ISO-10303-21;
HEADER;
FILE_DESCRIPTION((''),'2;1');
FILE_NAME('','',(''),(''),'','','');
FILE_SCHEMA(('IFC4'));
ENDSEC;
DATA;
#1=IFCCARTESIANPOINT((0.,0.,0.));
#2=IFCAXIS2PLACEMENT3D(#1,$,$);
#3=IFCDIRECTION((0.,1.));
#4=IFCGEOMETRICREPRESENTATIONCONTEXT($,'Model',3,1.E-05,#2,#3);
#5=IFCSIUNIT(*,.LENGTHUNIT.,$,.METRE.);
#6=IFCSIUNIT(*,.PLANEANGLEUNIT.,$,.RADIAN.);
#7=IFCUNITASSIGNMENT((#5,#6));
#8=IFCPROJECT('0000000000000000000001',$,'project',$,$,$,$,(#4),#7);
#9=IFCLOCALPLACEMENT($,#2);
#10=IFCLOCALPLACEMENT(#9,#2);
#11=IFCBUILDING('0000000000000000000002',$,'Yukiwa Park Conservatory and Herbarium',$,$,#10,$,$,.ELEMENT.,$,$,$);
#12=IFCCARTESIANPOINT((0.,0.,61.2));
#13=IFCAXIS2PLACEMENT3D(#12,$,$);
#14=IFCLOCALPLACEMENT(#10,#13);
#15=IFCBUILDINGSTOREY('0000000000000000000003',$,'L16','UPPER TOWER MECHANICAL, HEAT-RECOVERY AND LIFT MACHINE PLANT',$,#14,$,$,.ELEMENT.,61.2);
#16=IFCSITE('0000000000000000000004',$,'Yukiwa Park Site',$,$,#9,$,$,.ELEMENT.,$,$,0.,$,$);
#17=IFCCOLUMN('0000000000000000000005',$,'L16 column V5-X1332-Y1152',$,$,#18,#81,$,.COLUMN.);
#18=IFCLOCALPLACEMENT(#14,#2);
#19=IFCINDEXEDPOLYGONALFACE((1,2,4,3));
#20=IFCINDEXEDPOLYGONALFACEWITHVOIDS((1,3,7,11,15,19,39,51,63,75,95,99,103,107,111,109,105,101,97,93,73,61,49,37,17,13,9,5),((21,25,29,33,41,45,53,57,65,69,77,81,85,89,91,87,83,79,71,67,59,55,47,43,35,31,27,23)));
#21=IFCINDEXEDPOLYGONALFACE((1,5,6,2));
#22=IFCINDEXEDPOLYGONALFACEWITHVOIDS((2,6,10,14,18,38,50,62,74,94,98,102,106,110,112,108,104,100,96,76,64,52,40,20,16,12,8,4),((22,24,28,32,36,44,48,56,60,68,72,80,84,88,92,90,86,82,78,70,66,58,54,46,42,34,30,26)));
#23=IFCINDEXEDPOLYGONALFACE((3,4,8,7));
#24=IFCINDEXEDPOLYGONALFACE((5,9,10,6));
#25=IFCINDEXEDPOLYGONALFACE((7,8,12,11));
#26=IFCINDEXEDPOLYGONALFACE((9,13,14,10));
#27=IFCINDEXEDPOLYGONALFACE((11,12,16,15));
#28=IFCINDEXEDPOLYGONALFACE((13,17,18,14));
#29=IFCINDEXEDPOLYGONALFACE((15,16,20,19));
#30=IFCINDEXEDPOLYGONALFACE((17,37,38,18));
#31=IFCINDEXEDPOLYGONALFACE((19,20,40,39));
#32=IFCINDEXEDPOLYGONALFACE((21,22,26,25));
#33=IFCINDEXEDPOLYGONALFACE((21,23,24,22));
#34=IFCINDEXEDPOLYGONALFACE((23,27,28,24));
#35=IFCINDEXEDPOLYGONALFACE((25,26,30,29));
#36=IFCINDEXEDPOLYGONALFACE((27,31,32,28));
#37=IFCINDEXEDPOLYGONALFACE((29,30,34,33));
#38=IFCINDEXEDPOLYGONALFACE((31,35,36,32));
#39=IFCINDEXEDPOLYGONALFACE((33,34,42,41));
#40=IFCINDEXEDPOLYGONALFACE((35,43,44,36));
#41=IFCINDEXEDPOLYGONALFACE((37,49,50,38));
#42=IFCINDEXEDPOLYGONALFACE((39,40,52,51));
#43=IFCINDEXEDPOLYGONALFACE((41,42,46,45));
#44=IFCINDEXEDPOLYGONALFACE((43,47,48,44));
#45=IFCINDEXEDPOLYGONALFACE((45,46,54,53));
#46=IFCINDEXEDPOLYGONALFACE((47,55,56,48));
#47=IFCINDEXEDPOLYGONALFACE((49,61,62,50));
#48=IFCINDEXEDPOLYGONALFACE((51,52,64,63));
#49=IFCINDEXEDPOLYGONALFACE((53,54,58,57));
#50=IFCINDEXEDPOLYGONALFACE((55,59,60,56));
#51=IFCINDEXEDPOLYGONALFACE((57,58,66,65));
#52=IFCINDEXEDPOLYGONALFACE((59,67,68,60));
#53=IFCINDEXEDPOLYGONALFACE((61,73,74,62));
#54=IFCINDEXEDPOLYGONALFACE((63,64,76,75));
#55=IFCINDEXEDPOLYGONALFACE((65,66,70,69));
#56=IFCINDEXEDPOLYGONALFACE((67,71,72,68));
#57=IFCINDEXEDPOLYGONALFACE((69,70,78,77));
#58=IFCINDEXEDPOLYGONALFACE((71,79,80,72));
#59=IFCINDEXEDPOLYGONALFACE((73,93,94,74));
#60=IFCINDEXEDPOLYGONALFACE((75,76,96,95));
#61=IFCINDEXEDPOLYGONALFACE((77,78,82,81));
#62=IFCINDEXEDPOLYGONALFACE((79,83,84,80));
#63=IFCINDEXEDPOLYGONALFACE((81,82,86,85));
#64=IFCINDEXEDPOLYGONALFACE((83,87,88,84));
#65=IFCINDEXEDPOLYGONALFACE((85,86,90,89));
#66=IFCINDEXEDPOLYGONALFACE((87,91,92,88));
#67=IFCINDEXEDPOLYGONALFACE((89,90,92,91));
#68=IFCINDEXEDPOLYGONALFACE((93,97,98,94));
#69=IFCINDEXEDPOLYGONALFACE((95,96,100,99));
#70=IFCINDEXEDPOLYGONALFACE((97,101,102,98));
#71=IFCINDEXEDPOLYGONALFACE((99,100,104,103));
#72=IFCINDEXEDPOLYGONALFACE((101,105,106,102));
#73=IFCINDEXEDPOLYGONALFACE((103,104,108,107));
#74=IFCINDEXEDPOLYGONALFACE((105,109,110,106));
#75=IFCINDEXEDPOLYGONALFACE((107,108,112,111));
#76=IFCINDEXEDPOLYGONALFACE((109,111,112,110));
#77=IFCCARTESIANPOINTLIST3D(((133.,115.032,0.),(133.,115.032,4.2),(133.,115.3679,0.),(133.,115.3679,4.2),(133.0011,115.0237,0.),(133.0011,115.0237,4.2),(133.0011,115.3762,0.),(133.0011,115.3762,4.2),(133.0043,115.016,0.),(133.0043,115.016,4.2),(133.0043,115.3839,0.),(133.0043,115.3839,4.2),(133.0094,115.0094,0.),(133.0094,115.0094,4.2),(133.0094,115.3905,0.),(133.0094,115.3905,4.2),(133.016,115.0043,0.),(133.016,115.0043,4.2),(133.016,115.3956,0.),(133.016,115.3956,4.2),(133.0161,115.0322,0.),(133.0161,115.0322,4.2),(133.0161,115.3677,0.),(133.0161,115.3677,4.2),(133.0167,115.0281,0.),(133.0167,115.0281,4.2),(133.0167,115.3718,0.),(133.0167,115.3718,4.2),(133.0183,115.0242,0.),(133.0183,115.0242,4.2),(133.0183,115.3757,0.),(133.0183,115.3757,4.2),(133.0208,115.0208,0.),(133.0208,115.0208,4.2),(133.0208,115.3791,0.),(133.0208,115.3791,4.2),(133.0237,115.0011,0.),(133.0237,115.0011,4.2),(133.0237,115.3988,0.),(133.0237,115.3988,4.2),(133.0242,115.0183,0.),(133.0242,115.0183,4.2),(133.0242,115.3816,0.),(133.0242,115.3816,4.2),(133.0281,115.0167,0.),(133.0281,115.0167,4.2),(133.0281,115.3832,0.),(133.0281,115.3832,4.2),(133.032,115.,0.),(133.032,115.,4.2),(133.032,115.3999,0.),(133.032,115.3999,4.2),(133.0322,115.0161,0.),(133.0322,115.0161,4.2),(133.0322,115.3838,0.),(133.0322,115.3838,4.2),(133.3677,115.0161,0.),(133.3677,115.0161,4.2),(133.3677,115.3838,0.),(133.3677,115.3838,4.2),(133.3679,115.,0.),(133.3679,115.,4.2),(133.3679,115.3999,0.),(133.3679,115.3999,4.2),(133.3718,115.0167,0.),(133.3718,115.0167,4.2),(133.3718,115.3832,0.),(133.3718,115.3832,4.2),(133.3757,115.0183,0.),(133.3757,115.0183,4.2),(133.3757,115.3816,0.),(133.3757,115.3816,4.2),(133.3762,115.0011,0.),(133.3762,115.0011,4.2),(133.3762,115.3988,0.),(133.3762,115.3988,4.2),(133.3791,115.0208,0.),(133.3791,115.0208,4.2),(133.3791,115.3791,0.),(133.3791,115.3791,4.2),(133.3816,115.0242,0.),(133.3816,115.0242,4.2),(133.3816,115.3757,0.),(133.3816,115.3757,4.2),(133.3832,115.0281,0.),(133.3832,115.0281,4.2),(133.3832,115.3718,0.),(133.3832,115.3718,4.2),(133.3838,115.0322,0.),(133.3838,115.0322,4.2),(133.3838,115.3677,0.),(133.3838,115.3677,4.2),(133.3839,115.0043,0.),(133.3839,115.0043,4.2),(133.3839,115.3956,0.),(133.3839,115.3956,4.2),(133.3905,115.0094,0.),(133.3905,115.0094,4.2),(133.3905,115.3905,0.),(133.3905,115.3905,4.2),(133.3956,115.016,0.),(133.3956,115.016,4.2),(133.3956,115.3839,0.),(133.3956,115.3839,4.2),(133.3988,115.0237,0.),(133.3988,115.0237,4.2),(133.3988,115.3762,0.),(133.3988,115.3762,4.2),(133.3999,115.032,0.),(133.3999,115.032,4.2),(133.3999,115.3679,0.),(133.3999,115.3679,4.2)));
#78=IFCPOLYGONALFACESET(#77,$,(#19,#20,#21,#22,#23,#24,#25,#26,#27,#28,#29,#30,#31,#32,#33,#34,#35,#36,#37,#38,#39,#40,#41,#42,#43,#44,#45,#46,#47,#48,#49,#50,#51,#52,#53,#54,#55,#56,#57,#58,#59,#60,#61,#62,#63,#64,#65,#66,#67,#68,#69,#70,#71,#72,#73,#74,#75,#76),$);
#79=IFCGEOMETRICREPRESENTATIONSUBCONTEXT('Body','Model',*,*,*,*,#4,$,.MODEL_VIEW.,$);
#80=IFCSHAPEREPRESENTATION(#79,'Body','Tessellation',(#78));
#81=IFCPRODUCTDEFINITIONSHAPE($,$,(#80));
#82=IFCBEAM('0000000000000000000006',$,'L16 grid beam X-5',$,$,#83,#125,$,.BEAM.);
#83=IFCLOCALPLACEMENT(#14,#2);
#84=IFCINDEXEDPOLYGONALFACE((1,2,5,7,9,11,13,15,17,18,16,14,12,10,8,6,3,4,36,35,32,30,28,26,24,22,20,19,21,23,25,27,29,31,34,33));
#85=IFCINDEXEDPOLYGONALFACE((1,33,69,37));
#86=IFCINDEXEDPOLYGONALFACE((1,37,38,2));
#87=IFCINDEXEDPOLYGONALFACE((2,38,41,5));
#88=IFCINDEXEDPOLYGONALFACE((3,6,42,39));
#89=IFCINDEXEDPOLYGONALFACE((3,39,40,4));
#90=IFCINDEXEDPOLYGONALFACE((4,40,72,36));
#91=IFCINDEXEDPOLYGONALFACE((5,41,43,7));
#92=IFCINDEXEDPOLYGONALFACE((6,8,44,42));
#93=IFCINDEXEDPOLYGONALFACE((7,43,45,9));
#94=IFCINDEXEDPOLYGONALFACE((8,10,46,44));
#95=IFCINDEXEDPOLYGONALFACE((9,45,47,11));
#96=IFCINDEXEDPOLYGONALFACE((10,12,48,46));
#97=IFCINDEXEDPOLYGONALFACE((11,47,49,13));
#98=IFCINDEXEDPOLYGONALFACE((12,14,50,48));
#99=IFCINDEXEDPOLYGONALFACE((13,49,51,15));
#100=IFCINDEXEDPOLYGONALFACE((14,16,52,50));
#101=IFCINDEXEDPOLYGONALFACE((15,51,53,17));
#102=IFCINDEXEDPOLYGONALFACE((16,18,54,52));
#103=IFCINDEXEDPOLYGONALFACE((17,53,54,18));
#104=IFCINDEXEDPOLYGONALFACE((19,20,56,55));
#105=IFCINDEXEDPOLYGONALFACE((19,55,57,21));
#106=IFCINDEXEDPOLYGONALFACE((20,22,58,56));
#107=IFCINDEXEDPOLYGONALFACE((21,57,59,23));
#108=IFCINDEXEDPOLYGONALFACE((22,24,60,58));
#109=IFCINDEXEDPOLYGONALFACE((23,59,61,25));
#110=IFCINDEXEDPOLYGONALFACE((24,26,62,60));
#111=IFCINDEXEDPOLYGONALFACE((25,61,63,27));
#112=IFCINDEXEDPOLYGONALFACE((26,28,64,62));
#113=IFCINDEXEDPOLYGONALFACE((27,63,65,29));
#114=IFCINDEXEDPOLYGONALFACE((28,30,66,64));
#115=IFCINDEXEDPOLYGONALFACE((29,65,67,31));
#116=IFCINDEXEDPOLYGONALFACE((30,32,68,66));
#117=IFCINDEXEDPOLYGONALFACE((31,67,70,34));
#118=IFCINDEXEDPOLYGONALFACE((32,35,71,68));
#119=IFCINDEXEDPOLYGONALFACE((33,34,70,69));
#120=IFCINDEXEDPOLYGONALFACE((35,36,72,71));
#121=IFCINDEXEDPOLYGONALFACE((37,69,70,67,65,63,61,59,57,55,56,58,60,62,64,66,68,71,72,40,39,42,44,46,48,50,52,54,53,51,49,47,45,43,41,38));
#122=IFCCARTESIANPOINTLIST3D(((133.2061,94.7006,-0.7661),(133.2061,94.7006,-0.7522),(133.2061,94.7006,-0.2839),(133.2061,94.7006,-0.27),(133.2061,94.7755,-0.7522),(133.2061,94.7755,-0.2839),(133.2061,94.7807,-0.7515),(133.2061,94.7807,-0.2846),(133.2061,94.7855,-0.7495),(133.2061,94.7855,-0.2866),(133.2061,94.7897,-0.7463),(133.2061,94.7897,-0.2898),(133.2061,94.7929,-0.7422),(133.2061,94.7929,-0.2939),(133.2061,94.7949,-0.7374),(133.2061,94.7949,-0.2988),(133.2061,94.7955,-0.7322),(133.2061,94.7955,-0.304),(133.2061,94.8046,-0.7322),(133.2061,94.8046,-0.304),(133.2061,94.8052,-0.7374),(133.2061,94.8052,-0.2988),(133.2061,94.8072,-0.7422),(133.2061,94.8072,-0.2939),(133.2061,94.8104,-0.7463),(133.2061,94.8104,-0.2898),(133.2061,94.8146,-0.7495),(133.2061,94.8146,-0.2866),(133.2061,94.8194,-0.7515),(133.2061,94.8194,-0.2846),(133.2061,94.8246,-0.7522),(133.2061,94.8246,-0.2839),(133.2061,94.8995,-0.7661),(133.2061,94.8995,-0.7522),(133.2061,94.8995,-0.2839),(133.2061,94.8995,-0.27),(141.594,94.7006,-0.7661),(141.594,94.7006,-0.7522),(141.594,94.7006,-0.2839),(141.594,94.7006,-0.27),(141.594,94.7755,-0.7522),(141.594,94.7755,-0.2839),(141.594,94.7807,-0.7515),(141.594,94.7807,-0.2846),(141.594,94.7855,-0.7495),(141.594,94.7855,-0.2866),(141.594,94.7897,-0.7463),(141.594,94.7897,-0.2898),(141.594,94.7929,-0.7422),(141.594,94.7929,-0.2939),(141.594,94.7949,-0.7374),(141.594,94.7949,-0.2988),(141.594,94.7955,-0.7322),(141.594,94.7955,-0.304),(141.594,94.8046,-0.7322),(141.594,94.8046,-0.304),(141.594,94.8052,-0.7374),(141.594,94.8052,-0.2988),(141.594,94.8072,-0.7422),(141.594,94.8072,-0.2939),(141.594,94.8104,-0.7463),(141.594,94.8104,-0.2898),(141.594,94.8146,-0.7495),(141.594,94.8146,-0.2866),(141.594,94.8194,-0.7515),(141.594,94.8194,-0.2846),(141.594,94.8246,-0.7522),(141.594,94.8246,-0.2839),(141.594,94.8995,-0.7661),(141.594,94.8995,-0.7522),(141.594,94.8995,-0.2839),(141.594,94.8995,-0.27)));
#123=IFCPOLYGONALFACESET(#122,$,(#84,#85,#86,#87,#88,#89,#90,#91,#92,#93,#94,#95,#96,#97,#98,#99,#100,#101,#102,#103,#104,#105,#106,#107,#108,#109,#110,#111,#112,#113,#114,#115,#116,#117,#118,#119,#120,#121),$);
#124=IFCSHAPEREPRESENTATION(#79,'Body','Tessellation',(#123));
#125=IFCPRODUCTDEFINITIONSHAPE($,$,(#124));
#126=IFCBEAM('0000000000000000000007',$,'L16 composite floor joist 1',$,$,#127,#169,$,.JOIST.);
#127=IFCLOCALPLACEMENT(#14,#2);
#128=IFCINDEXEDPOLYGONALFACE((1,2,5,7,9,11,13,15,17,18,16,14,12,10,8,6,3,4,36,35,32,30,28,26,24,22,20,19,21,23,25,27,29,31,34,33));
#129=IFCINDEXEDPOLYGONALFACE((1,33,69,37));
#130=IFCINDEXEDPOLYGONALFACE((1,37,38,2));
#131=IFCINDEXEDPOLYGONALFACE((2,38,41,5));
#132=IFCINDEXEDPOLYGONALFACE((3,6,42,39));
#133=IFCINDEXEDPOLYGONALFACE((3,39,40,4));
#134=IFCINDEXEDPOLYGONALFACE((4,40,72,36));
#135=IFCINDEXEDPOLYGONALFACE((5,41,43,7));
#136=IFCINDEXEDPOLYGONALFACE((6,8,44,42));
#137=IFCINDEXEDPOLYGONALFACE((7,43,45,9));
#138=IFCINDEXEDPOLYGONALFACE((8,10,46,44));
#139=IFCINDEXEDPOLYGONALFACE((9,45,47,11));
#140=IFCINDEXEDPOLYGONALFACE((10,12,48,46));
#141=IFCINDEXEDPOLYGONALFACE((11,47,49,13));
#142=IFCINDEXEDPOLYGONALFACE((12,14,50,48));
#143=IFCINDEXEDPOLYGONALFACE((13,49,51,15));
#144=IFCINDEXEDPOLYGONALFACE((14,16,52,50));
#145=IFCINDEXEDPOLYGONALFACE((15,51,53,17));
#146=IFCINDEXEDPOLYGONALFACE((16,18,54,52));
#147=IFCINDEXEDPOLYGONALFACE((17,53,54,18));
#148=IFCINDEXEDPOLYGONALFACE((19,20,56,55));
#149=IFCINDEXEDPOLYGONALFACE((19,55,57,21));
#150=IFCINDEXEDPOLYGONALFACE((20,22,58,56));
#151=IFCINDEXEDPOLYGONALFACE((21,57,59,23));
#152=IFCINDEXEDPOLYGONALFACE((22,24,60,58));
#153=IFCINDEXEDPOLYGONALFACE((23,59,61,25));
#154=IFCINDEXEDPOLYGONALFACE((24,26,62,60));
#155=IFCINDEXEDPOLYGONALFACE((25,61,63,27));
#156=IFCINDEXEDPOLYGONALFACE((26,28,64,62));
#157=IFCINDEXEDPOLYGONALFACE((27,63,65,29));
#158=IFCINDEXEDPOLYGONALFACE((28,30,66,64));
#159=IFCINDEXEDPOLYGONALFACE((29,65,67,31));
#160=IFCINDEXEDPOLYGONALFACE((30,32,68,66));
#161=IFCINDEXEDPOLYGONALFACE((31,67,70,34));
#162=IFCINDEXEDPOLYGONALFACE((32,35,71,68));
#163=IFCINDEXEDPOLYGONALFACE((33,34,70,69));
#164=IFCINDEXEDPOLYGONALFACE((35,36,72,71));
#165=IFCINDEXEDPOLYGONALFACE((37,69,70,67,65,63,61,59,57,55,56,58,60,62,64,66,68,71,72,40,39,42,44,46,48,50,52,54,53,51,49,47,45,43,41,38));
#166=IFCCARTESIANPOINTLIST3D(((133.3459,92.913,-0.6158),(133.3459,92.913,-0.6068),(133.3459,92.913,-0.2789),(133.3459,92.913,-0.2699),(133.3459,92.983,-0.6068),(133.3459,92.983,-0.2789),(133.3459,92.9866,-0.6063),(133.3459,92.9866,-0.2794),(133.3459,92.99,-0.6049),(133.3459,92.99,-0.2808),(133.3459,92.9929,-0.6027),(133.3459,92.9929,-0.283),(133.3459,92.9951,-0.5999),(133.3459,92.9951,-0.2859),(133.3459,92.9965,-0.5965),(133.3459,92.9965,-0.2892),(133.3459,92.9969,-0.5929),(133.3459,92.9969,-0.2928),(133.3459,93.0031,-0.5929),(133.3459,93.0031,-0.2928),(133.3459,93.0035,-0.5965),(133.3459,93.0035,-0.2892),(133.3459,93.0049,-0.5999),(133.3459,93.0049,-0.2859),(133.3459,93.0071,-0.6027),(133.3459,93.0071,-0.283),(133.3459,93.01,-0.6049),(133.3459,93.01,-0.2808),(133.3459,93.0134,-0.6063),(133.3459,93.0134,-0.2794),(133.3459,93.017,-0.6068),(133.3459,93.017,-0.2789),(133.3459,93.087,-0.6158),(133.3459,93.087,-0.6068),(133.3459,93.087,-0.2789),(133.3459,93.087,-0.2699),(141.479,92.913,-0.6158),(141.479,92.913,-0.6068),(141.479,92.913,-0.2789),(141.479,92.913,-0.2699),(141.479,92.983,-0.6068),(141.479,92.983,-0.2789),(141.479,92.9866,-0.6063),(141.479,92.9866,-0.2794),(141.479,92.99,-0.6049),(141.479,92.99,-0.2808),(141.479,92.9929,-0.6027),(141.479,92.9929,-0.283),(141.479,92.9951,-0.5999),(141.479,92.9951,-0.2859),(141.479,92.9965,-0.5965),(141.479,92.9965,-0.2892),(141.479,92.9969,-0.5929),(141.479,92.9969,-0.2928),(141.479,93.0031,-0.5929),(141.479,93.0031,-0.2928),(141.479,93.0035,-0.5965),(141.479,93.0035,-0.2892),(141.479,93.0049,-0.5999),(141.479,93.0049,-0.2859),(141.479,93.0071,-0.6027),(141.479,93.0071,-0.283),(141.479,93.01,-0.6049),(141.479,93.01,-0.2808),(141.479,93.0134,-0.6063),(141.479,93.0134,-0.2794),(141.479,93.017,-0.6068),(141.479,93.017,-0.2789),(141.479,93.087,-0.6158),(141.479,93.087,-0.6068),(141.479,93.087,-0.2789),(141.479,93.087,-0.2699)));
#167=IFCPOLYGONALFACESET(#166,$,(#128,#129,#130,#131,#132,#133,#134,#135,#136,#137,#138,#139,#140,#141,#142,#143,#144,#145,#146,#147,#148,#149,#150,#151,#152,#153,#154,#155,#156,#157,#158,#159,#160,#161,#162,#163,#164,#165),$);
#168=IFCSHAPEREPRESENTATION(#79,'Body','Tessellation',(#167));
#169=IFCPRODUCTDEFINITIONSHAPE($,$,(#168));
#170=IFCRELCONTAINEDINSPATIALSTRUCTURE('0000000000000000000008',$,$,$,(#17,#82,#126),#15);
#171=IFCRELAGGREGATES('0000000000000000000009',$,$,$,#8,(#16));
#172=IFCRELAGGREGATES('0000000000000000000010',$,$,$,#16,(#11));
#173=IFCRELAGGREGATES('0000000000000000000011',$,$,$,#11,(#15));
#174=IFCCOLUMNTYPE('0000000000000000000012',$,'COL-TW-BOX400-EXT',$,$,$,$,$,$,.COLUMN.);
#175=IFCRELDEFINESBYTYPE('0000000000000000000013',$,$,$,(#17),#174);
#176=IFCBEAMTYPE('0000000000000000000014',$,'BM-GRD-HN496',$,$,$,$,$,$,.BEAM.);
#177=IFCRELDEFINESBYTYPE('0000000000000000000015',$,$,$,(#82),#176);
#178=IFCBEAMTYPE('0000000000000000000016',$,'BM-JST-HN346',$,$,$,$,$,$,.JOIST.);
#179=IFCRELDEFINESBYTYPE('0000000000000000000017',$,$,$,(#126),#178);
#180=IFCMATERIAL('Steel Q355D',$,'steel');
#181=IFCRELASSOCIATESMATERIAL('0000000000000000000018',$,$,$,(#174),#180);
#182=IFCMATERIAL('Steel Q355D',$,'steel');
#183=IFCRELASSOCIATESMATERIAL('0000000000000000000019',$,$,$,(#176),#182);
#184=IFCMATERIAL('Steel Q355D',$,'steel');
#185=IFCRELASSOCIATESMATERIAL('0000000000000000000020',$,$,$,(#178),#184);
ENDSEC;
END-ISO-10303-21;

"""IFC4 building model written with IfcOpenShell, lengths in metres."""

from ifc_helpers import new_model, si_unit, direction, frame, origin, origin_2d, place, context, subcontext, project, spatial, hollow_rectangle, i_section, extrude, material, material_profile, profile_set, type_object, element, save


model = new_model("IFC4")

# Units and contexts
model_context = context("Model", 3, precision=1e-05, world=origin(), true_north=direction((0.0, 1.0)))
body_context = subcontext(model_context, "Body", "Model", "MODEL_VIEW")
ifc_project = project(units=[si_unit("LENGTHUNIT", "METRE"), si_unit("PLANEANGLEUNIT", "RADIAN")], contexts=[model_context])

# Site, building, storey
site_placement = place(None, origin())
site = spatial("IfcSite", under=ifc_project, at=site_placement, Name="Yukiwa Park Site", CompositionType="ELEMENT", RefElevation=0.0)
building_placement = place(site_placement, origin())
building = spatial("IfcBuilding", under=site, at=building_placement, Name="Yukiwa Park Conservatory and Herbarium", CompositionType="ELEMENT")
storey_placement = place(building_placement, frame((0.0, 0.0, 61.2)))
storey = spatial("IfcBuildingStorey", under=building, at=storey_placement, Name="L16", Description="UPPER TOWER MECHANICAL, HEAT-RECOVERY AND LIFT MACHINE PLANT", CompositionType="ELEMENT", Elevation=61.2)

# Column
ifc_material_1 = material(Name="Steel Q355D", Category="steel")
ifc_material_profile_1 = material_profile(ifc_material_1, hollow_rectangle(XDim=0.3999, YDim=0.3999, WallThickness=0.0161, InnerFilletRadius=0.0161, OuterFilletRadius=0.032, at=origin_2d()), Name="BOX 400x400x16")
ifc_profile_set_1 = profile_set([ifc_material_profile_1], Name="Steel Q355D")
column_type = type_object("IfcColumnType", Name="COL-TW-BOX400-EXT", PredefinedType="COLUMN", material=ifc_profile_set_1)
for number, where, z_axis, x_axis, name in (
    (1, (133.2, 115.2, 0.0), (0.0, 0.0, 1.0), (1.0, 0.0, 0.0), "L16 column V5-X1332-Y1152"),
):
    element("IfcColumn", number, at=place(storey_placement, frame(where, z_axis=z_axis, x_axis=x_axis)), inside=storey, type_object=column_type, Name=name, PredefinedType="COLUMN", context=body_context, shape_type="SweptSolid", body=[
        extrude(hollow_rectangle(XDim=0.3999, YDim=0.3999, WallThickness=0.0161, InnerFilletRadius=0.0161, OuterFilletRadius=0.032, at=origin_2d()), origin(), (0.0, 0.0, 1.0), 4.2),
    ])

# Beams
ifc_material_2 = material(Name="Steel Q355D", Category="steel")
ifc_material_profile_2 = material_profile(ifc_material_2, i_section(OverallWidth=0.199, OverallDepth=0.4961, WebThickness=0.009, FlangeThickness=0.0139, FilletRadius=0.02, at=origin_2d()), Name="HN 496x199x9x14")
ifc_profile_set_2 = profile_set([ifc_material_profile_2], Name="Steel Q355D")
beam_type_1 = type_object("IfcBeamType", Name="BM-GRD-HN496", PredefinedType="BEAM", material=ifc_profile_set_2)
beam_1_placement = place(storey_placement, frame((133.2061, 94.8, -0.5181), z_axis=(1.0, 0.0, 0.0), x_axis=(0.0, 1.0, 0.0)))
element("IfcBeam", 2, at=beam_1_placement, inside=storey, type_object=beam_type_1, Name="L16 grid beam X-5", PredefinedType="BEAM", context=body_context, shape_type="SweptSolid", body=[
    extrude(i_section(OverallWidth=0.199, OverallDepth=0.4961, WebThickness=0.009, FlangeThickness=0.0139, FilletRadius=0.02, at=origin_2d()), origin(), (0.0, 0.0, 1.0), 8.3879),
])
ifc_material_3 = material(Name="Steel Q355D", Category="steel")
ifc_material_profile_3 = material_profile(ifc_material_3, i_section(OverallWidth=0.1741, OverallDepth=0.3459, WebThickness=0.0061, FlangeThickness=0.009, FilletRadius=0.0139, at=origin_2d()), Name="HN 346x174x6x9")
ifc_profile_set_3 = profile_set([ifc_material_profile_3], Name="Steel Q355D")
beam_type_2 = type_object("IfcBeamType", Name="BM-JST-HN346", PredefinedType="JOIST", material=ifc_profile_set_3)
beam_2_placement = place(storey_placement, frame((133.3459, 93.0, -0.4429), z_axis=(1.0, 0.0, 0.0), x_axis=(0.0, 1.0, 0.0)))
element("IfcBeam", 3, at=beam_2_placement, inside=storey, type_object=beam_type_2, Name="L16 composite floor joist 1", PredefinedType="JOIST", context=body_context, shape_type="SweptSolid", body=[
    extrude(i_section(OverallWidth=0.1741, OverallDepth=0.3459, WebThickness=0.0061, FlangeThickness=0.009, FilletRadius=0.0139, at=origin_2d()), origin(), (0.0, 0.0, 1.0), 8.1331),
])

save(model, "model.ifc")
